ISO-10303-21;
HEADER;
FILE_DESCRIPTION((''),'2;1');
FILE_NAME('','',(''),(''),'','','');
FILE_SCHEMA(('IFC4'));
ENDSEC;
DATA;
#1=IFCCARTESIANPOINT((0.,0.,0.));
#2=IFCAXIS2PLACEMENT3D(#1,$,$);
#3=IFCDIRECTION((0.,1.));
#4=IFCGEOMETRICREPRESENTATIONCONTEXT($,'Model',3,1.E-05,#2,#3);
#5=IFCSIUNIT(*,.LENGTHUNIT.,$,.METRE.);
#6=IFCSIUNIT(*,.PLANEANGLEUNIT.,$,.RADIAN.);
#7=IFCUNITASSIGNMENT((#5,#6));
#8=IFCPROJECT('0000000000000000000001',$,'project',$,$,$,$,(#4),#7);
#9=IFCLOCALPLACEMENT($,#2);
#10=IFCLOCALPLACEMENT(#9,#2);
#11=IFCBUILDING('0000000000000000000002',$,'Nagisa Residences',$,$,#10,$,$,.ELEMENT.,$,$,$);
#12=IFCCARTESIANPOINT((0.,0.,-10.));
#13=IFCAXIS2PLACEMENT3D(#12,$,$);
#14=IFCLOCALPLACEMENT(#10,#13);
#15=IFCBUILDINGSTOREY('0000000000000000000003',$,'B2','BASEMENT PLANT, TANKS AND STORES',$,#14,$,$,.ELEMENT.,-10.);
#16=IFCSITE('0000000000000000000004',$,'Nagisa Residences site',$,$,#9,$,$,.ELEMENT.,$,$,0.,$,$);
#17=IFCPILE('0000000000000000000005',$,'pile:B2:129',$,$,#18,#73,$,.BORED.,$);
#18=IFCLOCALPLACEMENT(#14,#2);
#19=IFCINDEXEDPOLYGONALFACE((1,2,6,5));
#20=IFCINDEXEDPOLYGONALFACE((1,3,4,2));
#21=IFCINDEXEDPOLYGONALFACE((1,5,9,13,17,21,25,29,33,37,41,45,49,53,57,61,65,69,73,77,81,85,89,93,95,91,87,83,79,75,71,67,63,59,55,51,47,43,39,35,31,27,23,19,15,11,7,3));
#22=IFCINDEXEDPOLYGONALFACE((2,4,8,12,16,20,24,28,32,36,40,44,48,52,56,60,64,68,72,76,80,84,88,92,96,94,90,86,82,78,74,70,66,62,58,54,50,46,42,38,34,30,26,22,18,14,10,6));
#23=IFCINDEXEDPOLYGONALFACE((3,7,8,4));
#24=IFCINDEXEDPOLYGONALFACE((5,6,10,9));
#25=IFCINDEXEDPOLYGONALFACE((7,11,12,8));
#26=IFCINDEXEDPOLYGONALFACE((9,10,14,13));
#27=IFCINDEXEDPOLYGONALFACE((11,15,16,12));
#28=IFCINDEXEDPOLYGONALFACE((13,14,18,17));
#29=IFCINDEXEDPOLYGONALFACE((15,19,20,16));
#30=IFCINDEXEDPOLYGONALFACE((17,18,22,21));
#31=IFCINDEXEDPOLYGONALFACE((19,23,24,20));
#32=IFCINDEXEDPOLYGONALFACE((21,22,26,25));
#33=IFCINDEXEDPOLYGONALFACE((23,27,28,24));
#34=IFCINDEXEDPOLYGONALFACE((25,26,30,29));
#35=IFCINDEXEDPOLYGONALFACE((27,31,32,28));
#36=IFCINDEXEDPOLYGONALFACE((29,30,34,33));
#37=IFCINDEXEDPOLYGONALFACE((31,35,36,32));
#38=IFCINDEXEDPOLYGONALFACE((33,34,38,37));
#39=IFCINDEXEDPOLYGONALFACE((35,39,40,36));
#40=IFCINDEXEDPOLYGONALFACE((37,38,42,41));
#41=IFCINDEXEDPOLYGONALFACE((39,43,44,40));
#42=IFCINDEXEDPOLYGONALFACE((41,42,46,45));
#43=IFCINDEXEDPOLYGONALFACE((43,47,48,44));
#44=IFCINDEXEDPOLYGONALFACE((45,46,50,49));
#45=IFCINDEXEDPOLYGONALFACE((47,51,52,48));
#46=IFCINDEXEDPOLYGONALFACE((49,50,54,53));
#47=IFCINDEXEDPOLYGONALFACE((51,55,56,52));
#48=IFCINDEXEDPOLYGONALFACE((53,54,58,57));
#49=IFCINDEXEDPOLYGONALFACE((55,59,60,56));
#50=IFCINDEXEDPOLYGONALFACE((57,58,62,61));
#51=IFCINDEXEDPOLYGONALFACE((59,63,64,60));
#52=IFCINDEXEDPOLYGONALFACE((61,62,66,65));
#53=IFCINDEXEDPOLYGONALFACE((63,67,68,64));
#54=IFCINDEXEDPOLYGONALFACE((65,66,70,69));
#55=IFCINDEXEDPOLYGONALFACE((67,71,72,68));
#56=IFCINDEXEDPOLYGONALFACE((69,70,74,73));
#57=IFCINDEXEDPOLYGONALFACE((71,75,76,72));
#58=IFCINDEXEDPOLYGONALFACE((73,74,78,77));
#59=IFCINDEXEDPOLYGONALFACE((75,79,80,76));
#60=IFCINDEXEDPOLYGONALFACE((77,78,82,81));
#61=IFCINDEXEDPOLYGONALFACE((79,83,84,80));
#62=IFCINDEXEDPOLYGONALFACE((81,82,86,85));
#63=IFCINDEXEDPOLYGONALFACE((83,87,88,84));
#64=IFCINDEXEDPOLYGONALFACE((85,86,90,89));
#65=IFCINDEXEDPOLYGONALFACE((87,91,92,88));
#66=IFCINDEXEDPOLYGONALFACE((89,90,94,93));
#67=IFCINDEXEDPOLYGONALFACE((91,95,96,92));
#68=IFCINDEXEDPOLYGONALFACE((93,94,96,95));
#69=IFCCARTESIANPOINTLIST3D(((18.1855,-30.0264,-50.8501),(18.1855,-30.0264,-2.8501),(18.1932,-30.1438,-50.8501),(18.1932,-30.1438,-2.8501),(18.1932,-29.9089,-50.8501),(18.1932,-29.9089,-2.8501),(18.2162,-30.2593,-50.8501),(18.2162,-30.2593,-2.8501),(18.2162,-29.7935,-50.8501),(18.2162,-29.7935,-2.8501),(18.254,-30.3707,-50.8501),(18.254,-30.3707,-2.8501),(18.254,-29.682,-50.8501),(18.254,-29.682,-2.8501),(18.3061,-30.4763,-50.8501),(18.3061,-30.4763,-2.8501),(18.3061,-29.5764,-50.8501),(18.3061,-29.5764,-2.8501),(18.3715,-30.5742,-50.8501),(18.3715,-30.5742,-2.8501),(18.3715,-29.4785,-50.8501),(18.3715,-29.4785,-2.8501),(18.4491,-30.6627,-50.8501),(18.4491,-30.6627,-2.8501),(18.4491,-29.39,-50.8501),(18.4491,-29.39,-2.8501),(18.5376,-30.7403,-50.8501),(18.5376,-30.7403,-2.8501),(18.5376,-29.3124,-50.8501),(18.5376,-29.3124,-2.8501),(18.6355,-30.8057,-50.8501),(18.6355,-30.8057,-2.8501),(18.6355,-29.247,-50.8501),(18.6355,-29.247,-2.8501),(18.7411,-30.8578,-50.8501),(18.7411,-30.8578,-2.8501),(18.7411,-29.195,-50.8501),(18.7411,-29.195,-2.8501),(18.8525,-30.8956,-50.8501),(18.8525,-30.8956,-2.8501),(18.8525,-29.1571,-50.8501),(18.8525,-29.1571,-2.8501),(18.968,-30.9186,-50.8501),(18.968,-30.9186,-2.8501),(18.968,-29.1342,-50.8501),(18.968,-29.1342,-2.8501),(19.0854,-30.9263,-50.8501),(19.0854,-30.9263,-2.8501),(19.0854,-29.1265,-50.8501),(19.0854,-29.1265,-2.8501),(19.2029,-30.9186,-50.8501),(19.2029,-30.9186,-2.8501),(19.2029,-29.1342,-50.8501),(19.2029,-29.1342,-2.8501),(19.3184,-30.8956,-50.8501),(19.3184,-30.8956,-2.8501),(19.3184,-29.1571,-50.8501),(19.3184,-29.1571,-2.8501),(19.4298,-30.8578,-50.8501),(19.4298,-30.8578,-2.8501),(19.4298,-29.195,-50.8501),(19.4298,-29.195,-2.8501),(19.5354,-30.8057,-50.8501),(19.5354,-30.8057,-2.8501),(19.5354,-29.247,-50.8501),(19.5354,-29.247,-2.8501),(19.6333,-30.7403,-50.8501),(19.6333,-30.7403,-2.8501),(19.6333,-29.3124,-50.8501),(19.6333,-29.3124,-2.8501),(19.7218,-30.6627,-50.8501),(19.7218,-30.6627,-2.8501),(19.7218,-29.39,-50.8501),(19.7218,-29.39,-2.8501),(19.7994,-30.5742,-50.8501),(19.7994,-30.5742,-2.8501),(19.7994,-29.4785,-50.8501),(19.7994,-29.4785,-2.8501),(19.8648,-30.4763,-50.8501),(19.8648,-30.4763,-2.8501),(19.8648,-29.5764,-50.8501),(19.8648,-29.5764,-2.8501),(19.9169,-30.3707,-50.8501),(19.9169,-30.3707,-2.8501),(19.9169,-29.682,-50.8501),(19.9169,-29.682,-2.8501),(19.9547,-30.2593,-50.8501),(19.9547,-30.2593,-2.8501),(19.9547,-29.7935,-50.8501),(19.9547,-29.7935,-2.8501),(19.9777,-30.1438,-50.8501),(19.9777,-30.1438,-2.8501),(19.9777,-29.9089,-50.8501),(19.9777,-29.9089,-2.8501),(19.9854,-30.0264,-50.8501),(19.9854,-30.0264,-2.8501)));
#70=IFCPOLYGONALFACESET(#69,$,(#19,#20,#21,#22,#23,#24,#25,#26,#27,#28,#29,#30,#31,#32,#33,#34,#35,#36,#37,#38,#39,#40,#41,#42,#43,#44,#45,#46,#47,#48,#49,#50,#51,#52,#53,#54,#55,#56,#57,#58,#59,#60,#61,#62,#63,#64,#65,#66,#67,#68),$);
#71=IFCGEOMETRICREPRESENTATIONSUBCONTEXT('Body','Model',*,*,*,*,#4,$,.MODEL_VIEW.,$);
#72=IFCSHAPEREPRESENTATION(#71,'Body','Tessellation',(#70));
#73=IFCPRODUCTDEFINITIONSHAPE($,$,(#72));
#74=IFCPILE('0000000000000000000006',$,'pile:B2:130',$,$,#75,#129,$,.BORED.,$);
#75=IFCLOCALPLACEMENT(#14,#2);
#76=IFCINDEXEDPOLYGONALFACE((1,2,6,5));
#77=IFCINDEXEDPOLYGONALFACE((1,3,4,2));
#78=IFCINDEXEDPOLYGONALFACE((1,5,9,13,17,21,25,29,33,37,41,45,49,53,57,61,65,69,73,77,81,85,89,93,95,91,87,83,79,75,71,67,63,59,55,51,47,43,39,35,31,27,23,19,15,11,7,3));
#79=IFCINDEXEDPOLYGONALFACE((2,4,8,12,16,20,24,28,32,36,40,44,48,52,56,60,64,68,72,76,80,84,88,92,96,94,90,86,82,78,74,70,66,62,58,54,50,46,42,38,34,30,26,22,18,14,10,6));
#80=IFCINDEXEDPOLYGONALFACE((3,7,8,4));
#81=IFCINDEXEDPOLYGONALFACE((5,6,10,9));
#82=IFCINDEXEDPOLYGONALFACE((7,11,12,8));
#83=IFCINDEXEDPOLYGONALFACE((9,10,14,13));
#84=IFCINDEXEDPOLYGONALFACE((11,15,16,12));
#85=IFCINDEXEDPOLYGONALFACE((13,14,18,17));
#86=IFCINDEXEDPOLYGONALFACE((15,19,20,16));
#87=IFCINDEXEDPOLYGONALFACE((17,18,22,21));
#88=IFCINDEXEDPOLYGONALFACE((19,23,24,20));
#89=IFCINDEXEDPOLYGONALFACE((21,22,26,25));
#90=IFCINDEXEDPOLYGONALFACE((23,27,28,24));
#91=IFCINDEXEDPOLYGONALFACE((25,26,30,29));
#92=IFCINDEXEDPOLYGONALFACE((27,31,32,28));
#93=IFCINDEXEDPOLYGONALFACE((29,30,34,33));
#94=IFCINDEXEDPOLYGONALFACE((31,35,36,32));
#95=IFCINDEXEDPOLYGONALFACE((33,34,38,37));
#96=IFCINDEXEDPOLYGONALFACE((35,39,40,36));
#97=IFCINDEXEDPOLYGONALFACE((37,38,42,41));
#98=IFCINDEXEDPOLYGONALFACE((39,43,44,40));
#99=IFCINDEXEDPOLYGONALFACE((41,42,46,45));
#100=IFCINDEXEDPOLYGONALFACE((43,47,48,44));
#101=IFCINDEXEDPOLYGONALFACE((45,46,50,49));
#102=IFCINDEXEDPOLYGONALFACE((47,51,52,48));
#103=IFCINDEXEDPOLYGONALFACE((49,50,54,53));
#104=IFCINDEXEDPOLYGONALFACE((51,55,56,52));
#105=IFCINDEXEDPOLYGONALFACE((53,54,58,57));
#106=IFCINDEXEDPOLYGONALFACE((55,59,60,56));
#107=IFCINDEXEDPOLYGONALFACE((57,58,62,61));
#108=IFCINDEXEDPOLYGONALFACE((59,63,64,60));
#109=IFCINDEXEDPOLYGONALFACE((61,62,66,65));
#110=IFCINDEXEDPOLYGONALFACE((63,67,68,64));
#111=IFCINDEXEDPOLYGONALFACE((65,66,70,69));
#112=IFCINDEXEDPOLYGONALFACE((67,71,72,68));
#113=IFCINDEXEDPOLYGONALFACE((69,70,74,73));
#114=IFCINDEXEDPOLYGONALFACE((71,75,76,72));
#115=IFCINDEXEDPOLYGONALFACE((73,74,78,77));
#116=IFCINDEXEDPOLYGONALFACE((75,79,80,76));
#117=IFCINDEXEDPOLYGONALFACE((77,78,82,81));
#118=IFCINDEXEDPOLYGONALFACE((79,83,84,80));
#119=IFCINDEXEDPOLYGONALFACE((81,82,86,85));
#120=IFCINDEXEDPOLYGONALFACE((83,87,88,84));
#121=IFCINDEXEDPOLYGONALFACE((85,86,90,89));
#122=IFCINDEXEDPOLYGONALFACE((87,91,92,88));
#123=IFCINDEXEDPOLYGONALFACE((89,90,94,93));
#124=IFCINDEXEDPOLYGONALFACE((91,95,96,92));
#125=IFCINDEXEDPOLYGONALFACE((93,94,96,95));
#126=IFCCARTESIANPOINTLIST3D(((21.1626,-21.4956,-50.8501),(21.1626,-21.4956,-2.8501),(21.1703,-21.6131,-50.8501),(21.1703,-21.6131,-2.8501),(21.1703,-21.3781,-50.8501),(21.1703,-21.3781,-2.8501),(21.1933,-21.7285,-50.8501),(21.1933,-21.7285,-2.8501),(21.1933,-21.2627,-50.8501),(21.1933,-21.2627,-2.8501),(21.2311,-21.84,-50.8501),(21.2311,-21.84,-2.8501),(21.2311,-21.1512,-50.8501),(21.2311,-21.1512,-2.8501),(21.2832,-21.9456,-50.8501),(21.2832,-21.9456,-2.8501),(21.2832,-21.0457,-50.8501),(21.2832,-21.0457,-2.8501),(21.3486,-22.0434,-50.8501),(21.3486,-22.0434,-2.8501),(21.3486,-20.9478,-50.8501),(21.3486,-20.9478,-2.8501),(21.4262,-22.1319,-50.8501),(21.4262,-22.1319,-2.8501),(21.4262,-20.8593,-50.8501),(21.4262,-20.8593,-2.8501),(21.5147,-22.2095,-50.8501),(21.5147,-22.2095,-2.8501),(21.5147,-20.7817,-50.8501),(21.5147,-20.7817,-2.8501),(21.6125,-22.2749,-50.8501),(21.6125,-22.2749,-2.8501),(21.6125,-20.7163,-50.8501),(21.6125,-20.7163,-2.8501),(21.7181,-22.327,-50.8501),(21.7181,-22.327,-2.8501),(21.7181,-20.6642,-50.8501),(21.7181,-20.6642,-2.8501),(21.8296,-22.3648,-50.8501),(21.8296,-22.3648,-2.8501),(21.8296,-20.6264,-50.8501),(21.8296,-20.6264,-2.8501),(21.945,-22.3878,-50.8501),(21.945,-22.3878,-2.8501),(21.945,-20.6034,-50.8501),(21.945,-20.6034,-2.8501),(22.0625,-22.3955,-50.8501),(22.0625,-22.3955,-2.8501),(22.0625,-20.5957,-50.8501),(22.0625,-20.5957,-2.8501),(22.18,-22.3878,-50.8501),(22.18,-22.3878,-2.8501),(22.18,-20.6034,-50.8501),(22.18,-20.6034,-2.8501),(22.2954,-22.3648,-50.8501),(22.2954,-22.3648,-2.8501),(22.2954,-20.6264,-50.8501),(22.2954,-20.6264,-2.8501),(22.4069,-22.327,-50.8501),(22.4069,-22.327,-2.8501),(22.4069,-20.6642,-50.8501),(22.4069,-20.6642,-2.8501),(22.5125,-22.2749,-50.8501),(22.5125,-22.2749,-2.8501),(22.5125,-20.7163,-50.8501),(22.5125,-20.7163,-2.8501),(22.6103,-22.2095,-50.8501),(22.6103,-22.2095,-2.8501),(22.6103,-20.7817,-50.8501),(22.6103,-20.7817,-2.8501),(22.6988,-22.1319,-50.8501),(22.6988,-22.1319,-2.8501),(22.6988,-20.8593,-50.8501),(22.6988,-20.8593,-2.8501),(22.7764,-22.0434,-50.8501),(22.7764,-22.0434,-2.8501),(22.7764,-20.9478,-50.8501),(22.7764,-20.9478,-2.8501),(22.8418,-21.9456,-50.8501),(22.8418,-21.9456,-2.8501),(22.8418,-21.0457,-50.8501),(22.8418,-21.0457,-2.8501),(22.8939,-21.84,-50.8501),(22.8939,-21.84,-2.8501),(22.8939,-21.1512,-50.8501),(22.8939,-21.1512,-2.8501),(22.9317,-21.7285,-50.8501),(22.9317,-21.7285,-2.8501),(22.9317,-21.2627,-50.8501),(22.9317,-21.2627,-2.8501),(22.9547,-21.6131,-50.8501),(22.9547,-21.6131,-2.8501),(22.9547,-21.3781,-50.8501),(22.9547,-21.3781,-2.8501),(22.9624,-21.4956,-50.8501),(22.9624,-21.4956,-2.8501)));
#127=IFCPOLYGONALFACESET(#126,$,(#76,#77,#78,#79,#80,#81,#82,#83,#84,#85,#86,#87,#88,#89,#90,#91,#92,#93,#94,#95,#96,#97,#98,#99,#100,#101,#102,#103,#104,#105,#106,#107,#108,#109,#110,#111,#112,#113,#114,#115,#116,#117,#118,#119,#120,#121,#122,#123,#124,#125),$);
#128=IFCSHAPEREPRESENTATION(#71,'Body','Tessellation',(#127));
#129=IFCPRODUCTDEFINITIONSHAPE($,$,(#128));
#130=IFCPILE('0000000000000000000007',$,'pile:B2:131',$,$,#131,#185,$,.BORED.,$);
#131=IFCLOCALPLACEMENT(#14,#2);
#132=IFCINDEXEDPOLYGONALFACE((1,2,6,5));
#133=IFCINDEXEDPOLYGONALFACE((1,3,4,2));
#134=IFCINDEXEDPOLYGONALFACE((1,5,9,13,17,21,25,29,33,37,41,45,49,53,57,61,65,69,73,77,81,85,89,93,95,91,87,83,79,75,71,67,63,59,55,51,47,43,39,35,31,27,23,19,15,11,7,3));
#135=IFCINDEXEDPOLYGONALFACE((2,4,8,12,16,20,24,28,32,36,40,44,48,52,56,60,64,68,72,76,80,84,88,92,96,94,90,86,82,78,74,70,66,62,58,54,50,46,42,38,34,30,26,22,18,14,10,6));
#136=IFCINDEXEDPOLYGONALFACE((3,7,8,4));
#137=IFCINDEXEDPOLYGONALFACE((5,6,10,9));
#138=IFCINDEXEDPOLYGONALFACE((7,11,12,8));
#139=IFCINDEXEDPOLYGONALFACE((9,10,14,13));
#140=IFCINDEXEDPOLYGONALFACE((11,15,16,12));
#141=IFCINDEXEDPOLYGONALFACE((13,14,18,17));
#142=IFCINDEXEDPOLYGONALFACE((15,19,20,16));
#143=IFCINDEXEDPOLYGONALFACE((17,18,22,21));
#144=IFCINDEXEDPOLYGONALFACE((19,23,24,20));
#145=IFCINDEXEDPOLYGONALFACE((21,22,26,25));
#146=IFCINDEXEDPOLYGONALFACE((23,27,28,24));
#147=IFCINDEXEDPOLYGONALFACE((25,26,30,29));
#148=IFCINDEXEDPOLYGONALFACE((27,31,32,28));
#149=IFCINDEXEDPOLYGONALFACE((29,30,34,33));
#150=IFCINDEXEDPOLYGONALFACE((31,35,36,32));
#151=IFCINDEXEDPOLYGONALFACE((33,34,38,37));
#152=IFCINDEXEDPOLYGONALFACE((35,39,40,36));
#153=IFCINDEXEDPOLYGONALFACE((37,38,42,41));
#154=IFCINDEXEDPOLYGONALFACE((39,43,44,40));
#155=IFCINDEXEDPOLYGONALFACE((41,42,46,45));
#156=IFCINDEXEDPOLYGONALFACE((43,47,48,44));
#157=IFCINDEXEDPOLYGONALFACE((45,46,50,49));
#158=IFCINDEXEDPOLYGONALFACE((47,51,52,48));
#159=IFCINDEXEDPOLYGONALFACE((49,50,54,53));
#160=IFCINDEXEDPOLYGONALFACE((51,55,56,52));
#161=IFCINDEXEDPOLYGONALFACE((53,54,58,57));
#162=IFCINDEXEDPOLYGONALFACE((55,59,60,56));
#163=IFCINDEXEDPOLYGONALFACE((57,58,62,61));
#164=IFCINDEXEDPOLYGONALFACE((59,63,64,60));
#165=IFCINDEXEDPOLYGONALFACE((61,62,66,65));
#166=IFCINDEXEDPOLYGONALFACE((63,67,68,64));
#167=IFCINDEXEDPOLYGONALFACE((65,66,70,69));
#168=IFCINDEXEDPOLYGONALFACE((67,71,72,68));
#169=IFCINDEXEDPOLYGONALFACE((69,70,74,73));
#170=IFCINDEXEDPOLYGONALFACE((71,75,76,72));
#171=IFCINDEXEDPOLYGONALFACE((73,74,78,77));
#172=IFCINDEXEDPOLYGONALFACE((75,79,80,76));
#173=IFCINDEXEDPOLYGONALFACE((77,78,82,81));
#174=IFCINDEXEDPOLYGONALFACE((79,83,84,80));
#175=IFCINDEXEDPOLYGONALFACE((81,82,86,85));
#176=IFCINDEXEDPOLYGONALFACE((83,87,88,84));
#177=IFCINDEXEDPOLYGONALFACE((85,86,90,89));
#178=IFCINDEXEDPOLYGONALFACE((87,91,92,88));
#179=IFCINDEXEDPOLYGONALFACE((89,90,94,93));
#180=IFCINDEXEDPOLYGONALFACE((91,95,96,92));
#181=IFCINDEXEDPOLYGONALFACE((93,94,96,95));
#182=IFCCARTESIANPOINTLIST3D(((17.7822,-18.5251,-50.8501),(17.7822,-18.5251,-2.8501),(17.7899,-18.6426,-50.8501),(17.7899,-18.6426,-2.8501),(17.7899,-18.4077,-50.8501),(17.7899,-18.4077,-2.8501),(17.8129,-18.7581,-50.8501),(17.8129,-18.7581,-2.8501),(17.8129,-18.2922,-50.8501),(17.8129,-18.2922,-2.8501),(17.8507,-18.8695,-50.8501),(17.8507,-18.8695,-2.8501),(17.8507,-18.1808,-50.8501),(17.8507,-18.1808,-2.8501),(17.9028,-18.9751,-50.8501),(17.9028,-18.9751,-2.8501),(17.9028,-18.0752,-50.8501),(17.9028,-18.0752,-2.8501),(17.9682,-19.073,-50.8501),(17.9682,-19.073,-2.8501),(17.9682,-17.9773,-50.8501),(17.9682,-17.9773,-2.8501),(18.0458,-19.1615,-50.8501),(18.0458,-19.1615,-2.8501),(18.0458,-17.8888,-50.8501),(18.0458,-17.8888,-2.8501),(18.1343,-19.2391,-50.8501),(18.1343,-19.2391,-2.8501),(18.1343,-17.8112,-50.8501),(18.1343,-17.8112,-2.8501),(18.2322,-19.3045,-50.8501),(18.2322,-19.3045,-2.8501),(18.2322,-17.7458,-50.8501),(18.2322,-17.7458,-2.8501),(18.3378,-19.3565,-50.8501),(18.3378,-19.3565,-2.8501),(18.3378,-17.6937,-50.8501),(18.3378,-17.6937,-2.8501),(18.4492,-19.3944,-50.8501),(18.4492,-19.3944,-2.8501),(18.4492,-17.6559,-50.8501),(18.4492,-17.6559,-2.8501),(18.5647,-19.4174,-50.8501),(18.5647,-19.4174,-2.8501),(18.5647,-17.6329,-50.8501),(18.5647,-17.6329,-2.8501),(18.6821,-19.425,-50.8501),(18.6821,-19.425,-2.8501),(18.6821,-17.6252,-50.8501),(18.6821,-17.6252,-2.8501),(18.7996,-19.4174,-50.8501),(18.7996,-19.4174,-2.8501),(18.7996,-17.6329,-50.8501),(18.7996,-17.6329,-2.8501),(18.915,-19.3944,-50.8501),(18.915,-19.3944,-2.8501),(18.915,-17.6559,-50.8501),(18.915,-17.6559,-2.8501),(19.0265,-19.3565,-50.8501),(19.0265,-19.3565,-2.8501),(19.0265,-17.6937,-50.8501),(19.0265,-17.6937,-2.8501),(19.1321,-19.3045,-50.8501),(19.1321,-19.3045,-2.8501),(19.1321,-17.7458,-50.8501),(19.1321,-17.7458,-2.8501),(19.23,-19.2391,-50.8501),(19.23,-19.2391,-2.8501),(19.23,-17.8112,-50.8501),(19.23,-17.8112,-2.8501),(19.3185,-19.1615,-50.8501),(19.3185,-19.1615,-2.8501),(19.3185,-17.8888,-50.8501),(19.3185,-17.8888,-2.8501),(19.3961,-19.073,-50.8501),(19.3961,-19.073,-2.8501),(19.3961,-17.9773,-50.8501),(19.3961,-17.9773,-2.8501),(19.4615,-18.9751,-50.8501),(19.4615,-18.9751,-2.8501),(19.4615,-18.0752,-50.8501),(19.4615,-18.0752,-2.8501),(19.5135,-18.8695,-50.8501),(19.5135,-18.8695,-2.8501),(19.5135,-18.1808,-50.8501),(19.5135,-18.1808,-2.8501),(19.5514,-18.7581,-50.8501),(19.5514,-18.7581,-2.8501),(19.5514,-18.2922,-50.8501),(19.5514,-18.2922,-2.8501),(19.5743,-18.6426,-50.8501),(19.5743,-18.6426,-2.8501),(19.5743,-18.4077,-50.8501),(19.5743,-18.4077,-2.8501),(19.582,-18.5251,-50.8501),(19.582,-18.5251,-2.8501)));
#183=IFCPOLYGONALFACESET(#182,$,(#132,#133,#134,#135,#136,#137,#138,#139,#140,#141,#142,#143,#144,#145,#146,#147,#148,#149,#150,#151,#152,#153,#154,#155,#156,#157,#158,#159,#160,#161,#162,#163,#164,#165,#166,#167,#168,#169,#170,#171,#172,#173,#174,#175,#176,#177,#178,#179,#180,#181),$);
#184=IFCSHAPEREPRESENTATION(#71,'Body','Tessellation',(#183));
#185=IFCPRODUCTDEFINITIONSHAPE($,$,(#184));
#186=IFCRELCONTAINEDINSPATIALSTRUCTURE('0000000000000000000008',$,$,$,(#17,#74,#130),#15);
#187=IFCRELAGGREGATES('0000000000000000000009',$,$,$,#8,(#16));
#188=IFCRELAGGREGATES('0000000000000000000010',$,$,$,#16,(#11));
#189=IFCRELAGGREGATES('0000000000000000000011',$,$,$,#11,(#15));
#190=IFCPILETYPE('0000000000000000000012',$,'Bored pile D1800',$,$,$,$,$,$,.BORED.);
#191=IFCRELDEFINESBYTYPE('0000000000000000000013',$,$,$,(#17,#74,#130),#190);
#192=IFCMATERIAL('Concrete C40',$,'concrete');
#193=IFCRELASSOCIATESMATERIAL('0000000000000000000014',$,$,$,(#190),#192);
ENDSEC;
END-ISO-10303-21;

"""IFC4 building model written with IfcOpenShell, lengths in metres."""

from ifc_helpers import new_model, si_unit, direction, frame, origin, origin_2d, place, context, subcontext, project, spatial, circle, extrude, material, material_profile, profile_set, type_object, element, save


model = new_model("IFC4")

# Units and contexts
model_context = context("Model", 3, precision=1e-05, world=origin(), true_north=direction((0.0, 1.0)))
body_context = subcontext(model_context, "Body", "Model", "MODEL_VIEW")
ifc_project = project(units=[si_unit("LENGTHUNIT", "METRE"), si_unit("PLANEANGLEUNIT", "RADIAN")], contexts=[model_context])

# Site, building, storey
site_placement = place(None, origin())
site = spatial("IfcSite", under=ifc_project, at=site_placement, Name="Nagisa Residences site", CompositionType="ELEMENT", RefElevation=0.0)
building_placement = place(site_placement, origin())
building = spatial("IfcBuilding", under=site, at=building_placement, Name="Nagisa Residences", CompositionType="ELEMENT")
storey_placement = place(building_placement, frame((0.0, 0.0, -10.0)))
storey = spatial("IfcBuildingStorey", under=building, at=storey_placement, Name="B2", Description="BASEMENT PLANT, TANKS AND STORES", CompositionType="ELEMENT", Elevation=-10.0)

# Piles
ifc_material_1 = material(Name="Concrete C40", Category="concrete")
ifc_material_profile_1 = material_profile(ifc_material_1, circle(Radius=0.8999, at=origin_2d()), Name="Bored pile D1800")
ifc_profile_set_1 = profile_set([ifc_material_profile_1], Name="Concrete C40")
pile_type = type_object("IfcPileType", Name="Bored pile D1800", PredefinedType="BORED", material=ifc_profile_set_1)
for number, where, z_axis, x_axis, name in (
    (1, (19.0854, -30.0264, -2.8501), (0.0, 0.0, -1.0), (1.0, 0.0, 0.0), "pile:B2:129"),
    (2, (22.0625, -21.4956, -2.8501), (0.0, 0.0, -1.0), (1.0, 0.0, 0.0), "pile:B2:130"),
    (3, (18.6821, -18.5251, -2.8501), (0.0, 0.0, -1.0), (1.0, 0.0, 0.0), "pile:B2:131"),
):
    element("IfcPile", number, at=place(storey_placement, frame(where, z_axis=z_axis, x_axis=x_axis)), inside=storey, type_object=pile_type, Name=name, PredefinedType="BORED", context=body_context, shape_type="SweptSolid", body=[
        extrude(circle(Radius=0.8999, at=origin_2d()), origin(), (0.0, 0.0, 1.0), 48.0),
    ])

save(model, "model.ifc")
